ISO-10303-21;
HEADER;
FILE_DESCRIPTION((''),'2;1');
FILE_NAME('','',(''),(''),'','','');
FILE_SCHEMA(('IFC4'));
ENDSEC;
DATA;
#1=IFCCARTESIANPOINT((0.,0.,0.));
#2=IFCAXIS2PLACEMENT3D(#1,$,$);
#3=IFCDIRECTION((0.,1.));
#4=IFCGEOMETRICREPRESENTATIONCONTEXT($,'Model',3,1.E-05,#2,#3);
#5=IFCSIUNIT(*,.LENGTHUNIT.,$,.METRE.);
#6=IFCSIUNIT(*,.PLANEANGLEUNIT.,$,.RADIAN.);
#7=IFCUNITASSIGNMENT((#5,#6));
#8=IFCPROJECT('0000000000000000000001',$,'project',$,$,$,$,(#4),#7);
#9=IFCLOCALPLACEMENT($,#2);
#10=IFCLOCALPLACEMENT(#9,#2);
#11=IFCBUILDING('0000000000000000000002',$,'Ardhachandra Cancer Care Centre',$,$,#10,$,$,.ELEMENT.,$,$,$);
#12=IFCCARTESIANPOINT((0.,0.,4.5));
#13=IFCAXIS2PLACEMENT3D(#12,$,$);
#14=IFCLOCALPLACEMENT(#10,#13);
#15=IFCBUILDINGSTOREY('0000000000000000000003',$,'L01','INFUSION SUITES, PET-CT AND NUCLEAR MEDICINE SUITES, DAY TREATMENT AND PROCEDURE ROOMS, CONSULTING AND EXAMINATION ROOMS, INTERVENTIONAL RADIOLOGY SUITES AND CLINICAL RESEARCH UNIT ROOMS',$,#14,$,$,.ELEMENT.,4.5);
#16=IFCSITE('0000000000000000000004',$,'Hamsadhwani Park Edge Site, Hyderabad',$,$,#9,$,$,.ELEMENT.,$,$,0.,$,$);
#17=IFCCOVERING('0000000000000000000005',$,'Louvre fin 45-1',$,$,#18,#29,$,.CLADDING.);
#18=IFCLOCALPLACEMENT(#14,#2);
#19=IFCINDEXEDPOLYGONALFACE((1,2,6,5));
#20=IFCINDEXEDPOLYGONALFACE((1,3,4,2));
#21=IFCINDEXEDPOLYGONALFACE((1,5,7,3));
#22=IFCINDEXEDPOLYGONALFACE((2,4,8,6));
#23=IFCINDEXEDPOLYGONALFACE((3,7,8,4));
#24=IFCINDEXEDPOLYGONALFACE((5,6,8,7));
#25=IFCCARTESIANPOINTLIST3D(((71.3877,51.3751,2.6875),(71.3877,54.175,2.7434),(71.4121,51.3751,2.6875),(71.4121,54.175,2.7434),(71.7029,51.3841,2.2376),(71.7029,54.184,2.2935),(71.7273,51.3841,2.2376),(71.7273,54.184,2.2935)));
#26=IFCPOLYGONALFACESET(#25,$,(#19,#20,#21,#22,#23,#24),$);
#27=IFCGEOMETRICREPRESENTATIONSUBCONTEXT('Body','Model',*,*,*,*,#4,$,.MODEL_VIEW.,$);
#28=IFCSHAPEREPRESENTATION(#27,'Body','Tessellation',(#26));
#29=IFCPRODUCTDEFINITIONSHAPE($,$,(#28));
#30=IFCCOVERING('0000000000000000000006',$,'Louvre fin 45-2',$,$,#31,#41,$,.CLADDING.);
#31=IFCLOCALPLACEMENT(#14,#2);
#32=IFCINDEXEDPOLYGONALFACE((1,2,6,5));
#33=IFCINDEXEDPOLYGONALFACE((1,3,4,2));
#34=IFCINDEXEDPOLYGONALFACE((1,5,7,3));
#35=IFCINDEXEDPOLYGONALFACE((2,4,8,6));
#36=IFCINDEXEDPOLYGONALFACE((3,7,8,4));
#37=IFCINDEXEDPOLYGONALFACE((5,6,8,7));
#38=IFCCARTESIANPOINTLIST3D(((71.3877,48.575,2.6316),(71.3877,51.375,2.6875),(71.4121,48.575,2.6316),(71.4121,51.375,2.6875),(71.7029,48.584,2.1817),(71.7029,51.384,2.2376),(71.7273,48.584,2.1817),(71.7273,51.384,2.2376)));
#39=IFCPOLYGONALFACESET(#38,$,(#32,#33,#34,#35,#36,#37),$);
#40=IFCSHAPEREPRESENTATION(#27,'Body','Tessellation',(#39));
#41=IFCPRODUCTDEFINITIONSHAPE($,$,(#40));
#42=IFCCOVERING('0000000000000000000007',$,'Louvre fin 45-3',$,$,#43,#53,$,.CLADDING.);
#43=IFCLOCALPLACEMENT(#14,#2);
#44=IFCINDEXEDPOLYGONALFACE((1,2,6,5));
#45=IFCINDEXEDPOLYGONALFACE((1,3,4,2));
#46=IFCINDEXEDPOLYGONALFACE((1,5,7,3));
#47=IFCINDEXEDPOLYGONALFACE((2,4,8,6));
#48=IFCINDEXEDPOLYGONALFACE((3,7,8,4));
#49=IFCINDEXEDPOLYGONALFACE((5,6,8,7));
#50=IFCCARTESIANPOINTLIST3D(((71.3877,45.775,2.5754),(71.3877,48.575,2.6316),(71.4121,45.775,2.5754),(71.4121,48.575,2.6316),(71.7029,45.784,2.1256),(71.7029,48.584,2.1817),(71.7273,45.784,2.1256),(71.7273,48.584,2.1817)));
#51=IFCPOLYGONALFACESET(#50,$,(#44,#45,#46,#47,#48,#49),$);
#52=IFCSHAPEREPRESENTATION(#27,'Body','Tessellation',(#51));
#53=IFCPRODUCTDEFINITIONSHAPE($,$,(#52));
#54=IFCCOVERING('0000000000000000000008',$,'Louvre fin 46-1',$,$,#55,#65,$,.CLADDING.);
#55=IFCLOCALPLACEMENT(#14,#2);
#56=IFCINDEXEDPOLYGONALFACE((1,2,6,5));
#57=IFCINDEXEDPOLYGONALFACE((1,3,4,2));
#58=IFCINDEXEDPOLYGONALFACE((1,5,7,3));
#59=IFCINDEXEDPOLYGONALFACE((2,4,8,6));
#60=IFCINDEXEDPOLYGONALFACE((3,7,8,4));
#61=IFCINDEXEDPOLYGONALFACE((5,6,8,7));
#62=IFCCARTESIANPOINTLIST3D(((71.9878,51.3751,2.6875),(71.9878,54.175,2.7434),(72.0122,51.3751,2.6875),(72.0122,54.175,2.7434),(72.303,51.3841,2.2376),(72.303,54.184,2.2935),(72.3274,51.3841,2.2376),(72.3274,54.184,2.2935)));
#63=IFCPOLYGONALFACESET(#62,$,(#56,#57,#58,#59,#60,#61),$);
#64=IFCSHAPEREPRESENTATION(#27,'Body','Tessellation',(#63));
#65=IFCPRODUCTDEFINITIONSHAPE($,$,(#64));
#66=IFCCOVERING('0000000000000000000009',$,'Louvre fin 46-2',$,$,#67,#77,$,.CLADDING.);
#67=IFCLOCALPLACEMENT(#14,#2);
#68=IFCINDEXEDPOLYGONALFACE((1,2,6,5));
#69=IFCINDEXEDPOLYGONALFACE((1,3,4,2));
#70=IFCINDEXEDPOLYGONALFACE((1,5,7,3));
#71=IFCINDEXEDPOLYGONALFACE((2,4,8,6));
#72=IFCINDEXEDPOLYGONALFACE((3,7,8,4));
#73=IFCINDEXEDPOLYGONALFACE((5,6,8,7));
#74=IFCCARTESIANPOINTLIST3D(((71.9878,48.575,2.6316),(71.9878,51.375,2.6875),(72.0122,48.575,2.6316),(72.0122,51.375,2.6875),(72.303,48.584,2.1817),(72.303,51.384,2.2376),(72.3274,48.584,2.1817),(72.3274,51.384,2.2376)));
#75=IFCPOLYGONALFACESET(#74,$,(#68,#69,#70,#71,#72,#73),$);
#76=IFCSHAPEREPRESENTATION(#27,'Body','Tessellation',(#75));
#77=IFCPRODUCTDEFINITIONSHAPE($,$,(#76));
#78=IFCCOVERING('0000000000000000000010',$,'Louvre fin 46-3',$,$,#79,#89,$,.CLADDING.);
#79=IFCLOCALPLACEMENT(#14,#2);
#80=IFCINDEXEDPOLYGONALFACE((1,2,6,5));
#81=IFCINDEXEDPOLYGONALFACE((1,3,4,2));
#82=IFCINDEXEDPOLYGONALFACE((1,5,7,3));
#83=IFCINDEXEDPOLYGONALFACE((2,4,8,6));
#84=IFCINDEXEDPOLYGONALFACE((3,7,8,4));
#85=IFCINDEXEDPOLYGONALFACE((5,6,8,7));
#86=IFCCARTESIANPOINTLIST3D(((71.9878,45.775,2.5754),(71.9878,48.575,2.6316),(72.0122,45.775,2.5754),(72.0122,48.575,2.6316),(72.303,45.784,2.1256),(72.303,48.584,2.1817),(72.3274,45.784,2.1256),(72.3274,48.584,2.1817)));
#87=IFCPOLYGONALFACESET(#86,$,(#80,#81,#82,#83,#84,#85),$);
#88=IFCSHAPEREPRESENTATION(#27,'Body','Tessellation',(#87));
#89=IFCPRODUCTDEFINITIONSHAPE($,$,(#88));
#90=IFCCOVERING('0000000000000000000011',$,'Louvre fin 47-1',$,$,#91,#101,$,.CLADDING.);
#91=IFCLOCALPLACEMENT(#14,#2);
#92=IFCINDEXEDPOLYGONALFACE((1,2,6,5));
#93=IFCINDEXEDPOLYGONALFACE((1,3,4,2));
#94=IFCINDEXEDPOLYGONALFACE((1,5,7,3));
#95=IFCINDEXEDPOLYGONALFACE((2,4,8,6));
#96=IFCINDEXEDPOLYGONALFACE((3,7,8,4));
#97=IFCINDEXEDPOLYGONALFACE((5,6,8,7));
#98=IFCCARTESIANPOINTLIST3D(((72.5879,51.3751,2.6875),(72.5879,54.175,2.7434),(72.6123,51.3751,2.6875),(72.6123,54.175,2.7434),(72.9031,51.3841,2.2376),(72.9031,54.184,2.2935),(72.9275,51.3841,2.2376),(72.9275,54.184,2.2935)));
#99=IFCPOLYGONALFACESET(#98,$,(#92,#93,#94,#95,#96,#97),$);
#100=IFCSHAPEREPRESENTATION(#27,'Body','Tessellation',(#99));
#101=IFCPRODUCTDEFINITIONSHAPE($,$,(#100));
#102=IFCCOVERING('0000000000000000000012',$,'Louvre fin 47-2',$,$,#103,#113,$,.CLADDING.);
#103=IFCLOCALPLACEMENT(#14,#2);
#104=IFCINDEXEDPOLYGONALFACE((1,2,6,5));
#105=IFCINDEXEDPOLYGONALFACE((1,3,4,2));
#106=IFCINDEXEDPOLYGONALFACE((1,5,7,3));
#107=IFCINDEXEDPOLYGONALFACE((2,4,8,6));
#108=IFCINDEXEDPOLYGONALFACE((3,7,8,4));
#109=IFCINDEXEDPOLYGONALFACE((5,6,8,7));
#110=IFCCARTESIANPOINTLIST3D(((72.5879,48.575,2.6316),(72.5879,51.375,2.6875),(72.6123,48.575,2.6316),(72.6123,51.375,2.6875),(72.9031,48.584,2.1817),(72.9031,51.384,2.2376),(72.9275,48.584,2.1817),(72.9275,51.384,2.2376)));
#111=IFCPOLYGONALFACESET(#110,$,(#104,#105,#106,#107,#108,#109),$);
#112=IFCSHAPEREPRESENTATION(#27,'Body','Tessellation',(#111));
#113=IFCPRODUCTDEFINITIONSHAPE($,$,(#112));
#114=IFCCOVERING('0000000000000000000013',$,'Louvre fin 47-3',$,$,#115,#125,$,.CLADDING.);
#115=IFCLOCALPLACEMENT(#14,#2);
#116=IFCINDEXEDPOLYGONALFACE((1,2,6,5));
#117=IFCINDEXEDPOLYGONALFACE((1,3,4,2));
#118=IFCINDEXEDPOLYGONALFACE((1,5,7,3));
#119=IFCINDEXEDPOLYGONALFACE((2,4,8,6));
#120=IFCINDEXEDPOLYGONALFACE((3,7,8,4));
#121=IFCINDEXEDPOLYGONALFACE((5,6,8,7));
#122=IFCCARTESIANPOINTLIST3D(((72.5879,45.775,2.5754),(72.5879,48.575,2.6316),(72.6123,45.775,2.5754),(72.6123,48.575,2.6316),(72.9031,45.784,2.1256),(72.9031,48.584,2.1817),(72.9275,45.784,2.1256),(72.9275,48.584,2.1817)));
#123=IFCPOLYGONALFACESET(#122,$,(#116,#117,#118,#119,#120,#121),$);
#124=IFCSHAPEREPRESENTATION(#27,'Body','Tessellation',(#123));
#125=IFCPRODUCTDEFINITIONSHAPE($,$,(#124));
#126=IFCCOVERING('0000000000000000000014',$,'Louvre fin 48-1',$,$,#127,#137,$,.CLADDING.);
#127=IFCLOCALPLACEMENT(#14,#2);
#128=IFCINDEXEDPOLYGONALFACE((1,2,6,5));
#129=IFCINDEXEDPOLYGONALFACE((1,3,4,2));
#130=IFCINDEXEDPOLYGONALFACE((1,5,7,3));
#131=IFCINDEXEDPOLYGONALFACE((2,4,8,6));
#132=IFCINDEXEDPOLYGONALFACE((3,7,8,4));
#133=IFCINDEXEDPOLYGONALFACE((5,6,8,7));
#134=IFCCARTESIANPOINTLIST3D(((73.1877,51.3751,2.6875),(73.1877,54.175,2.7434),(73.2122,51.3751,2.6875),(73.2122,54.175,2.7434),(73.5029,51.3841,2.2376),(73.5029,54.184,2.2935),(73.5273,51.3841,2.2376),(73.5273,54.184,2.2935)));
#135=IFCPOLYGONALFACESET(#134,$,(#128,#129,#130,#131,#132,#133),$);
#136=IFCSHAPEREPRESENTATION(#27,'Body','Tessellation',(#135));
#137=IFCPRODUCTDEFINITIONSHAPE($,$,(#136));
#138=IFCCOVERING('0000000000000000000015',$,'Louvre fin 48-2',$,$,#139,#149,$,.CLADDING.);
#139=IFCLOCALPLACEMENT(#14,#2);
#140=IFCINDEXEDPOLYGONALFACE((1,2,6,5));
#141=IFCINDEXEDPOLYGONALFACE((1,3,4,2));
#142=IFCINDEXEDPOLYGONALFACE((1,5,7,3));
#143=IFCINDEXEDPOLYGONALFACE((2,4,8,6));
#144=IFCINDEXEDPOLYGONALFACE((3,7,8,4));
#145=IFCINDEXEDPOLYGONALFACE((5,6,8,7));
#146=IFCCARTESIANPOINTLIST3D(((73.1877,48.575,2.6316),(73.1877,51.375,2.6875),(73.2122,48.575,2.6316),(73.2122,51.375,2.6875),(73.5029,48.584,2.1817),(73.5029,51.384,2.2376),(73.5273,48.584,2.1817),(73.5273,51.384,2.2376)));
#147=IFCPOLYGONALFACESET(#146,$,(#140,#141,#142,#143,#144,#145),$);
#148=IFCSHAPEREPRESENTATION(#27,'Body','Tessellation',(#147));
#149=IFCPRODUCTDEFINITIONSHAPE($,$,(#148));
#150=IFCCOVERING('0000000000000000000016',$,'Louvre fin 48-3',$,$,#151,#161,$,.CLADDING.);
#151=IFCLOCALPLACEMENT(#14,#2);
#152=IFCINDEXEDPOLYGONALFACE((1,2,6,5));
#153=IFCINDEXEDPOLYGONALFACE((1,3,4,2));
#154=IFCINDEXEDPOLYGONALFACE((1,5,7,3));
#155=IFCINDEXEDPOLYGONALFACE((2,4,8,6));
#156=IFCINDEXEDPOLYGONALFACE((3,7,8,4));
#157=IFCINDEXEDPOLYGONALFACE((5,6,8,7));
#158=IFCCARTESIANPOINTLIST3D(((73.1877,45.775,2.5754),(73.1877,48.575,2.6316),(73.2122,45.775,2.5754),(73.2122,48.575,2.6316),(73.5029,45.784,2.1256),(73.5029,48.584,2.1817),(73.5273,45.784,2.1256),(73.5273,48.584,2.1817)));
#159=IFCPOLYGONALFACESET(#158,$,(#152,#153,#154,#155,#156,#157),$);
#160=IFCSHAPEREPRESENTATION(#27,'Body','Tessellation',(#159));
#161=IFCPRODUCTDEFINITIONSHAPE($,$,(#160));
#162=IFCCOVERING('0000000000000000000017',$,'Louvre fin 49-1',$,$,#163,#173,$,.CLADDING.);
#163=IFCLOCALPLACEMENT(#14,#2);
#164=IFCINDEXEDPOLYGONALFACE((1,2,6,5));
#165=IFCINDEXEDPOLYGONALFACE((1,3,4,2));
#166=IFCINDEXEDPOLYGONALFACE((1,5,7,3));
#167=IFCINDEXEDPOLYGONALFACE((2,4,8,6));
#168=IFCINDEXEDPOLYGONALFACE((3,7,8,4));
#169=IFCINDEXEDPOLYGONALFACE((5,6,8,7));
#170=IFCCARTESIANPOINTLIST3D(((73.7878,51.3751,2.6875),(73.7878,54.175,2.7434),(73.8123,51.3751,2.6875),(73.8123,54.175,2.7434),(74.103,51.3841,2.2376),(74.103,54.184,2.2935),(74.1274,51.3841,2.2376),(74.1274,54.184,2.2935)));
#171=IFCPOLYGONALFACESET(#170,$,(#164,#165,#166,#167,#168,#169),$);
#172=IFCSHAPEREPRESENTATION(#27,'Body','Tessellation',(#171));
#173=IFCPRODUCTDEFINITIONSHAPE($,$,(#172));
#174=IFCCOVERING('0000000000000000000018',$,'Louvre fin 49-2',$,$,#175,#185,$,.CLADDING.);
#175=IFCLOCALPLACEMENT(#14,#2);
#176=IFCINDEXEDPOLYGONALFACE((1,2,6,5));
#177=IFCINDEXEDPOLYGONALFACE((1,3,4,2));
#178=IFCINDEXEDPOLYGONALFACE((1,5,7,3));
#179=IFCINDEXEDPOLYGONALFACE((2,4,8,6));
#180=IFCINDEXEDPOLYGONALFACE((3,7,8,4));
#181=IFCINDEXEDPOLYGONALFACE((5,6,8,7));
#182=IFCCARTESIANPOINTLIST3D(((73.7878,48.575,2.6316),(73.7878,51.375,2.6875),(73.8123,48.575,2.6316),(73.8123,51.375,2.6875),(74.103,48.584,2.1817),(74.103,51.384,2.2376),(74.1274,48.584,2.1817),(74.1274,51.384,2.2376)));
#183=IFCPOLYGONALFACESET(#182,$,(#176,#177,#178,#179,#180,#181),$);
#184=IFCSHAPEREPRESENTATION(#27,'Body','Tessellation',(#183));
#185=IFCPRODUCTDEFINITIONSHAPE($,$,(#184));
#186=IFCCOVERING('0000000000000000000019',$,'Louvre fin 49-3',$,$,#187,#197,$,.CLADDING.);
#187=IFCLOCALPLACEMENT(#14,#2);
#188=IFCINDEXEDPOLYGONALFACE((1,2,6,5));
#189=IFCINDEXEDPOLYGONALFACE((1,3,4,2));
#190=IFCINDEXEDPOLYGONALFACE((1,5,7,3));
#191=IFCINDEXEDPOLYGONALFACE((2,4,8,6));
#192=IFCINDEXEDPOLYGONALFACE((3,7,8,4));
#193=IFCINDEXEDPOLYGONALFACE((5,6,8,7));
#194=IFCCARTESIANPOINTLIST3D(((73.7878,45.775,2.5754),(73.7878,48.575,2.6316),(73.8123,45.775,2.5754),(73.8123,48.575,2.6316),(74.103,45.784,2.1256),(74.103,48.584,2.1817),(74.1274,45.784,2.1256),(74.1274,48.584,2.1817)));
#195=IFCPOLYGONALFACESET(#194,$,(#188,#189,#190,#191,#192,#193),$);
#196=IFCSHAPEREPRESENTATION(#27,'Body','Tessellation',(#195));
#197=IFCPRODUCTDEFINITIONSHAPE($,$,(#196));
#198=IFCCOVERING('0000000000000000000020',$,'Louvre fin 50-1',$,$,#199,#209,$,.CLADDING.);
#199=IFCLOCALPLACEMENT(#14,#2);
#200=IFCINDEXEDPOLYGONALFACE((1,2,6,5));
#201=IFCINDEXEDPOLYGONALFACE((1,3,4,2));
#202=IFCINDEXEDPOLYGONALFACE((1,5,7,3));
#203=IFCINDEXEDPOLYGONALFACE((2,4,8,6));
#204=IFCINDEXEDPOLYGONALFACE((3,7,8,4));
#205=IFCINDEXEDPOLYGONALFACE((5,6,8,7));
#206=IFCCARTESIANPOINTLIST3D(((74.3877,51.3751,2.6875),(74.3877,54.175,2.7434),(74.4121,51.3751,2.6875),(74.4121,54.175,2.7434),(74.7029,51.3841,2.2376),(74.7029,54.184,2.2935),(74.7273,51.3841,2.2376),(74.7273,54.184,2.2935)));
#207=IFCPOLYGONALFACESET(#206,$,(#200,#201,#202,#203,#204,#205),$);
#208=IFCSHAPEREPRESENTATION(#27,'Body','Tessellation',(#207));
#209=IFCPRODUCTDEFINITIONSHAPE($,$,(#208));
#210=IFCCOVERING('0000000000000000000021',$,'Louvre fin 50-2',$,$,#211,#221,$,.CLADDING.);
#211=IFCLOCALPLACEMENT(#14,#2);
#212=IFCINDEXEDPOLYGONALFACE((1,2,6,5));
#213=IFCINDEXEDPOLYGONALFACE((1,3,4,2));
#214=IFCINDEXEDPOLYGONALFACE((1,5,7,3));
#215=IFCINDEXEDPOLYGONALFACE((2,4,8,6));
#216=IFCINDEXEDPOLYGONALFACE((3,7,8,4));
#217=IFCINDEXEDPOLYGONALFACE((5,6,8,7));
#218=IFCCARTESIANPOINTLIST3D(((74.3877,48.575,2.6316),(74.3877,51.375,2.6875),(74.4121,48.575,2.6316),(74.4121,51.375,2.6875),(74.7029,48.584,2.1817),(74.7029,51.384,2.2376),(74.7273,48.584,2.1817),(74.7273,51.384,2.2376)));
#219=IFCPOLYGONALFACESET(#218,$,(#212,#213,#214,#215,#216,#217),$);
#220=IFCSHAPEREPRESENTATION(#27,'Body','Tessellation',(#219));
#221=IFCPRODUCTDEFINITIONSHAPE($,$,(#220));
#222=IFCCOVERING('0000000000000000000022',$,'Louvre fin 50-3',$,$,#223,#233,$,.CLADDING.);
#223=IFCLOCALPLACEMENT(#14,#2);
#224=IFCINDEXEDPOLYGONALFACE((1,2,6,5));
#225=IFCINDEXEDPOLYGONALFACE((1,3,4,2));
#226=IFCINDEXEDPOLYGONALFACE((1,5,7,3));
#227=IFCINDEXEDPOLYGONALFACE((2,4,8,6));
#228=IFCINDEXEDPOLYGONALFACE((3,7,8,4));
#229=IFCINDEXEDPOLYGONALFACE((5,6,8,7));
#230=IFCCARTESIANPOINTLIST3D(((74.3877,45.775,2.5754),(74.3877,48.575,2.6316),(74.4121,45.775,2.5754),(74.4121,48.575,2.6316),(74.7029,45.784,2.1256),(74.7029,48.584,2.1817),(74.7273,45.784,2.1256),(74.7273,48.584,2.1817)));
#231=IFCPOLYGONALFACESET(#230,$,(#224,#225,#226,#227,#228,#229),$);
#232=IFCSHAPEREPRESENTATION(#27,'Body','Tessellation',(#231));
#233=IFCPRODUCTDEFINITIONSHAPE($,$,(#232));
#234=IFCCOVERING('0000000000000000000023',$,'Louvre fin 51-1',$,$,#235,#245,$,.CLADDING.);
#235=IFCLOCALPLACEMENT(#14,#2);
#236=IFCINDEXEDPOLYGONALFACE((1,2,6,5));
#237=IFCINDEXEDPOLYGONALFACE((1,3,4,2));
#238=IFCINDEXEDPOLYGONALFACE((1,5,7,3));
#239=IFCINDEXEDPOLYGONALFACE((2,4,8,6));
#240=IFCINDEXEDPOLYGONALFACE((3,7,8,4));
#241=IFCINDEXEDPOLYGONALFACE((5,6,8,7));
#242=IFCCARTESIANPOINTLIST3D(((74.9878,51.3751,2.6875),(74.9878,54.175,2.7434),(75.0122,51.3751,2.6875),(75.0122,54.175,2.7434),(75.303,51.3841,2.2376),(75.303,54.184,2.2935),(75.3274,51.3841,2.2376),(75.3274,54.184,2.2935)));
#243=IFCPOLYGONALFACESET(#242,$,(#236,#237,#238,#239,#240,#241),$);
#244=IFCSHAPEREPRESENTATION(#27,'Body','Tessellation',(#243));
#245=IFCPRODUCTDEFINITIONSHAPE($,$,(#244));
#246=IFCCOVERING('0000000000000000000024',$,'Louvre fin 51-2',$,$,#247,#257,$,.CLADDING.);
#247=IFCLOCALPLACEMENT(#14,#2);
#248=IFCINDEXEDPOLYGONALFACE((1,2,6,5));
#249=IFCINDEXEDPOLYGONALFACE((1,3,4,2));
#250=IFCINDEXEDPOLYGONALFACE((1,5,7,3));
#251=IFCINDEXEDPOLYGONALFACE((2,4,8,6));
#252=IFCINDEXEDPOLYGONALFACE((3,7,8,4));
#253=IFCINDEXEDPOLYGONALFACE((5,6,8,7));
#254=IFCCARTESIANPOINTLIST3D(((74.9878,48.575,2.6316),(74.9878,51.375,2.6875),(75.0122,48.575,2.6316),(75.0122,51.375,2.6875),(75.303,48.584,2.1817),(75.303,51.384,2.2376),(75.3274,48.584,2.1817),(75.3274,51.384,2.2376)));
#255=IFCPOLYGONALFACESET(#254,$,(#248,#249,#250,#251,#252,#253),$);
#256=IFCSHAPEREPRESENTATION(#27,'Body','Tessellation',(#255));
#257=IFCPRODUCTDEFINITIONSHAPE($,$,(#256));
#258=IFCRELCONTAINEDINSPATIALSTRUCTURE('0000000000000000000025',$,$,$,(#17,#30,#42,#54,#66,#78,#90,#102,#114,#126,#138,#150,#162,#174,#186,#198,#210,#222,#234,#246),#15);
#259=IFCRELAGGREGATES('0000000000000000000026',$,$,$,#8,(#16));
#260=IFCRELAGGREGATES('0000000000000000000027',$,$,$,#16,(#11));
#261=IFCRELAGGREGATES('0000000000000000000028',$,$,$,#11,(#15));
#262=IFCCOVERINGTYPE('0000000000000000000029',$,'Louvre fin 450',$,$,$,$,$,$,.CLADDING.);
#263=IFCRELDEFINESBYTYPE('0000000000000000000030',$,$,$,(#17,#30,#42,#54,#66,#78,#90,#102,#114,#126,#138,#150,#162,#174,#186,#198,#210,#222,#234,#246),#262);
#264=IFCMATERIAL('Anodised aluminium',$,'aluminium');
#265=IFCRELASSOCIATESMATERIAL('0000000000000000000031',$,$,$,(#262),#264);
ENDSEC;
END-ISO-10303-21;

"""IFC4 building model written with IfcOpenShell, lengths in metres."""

from ifc_helpers import new_model, si_unit, direction, frame, origin, place, context, subcontext, project, spatial, polyline, outline, extrude, material, material_profile, profile_set, type_object, element, save


model = new_model("IFC4")

# Units and contexts
model_context = context("Model", 3, precision=1e-05, world=origin(), true_north=direction((0.0, 1.0)))
body_context = subcontext(model_context, "Body", "Model", "MODEL_VIEW")
ifc_project = project(units=[si_unit("LENGTHUNIT", "METRE"), si_unit("PLANEANGLEUNIT", "RADIAN")], contexts=[model_context])

# Site, building, storey
site_placement = place(None, origin())
site = spatial("IfcSite", under=ifc_project, at=site_placement, Name="Hamsadhwani Park Edge Site, Hyderabad", CompositionType="ELEMENT", RefElevation=0.0)
building_placement = place(site_placement, origin())
building = spatial("IfcBuilding", under=site, at=building_placement, Name="Ardhachandra Cancer Care Centre", CompositionType="ELEMENT")
storey_placement = place(building_placement, frame((0.0, 0.0, 4.5)))
storey = spatial("IfcBuildingStorey", under=building, at=storey_placement, Name="L01", Description="INFUSION SUITES, PET-CT AND NUCLEAR MEDICINE SUITES, DAY TREATMENT AND PROCEDURE ROOMS, CONSULTING AND EXAMINATION ROOMS, INTERVENTIONAL RADIOLOGY SUITES AND CLINICAL RESEARCH UNIT ROOMS", CompositionType="ELEMENT", Elevation=4.5)

# Coverings
ifc_material_1 = material(Name="Anodised aluminium", Category="aluminium")
ifc_material_profile_1 = material_profile(ifc_material_1, outline(polyline([(-0.0122, 0.0), (0.0122, 0.0), (0.3274, -0.45), (0.303, -0.45), (-0.0122, 0.0)])), Name="Louvre fin 450")
ifc_profile_set_1 = profile_set([ifc_material_profile_1], Name="Anodised aluminium")
covering_type = type_object("IfcCoveringType", Name="Louvre fin 450", PredefinedType="CLADDING", material=ifc_profile_set_1)
for number, where, z_axis, x_axis, name in (
    (1, (71.3999, 54.175, 2.7434), (0.0, -0.999801, -0.019963), (1.0, 0.0, 0.0), "Louvre fin 45-1"),
    (2, (71.3999, 51.375, 2.6875), (0.0, -0.999801, -0.019963), (1.0, 0.0, 0.0), "Louvre fin 45-2"),
    (3, (71.3999, 48.575, 2.6316), (0.0, -0.999799, -0.02005), (1.0, 0.0, 0.0), "Louvre fin 45-3"),
    (4, (72.0, 54.175, 2.7434), (0.0, -0.999801, -0.019963), (1.0, 0.0, 0.0), "Louvre fin 46-1"),
    (5, (72.0, 51.375, 2.6875), (0.0, -0.999801, -0.019963), (1.0, 0.0, 0.0), "Louvre fin 46-2"),
    (6, (72.0, 48.575, 2.6316), (0.0, -0.999799, -0.02005), (1.0, 0.0, 0.0), "Louvre fin 46-3"),
    (7, (72.6001, 54.175, 2.7434), (0.0, -0.999801, -0.019963), (1.0, 0.0, 0.0), "Louvre fin 47-1"),
    (8, (72.6001, 51.375, 2.6875), (0.0, -0.999801, -0.019963), (1.0, 0.0, 0.0), "Louvre fin 47-2"),
    (9, (72.6001, 48.575, 2.6316), (0.0, -0.999799, -0.02005), (1.0, 0.0, 0.0), "Louvre fin 47-3"),
    (10, (73.2, 54.175, 2.7434), (0.0, -0.999801, -0.019963), (1.0, 0.0, 0.0), "Louvre fin 48-1"),
    (11, (73.2, 51.375, 2.6875), (0.0, -0.999801, -0.019963), (1.0, 0.0, 0.0), "Louvre fin 48-2"),
    (12, (73.2, 48.575, 2.6316), (0.0, -0.999799, -0.02005), (1.0, 0.0, 0.0), "Louvre fin 48-3"),
    (13, (73.8, 54.175, 2.7434), (0.0, -0.999801, -0.019963), (1.0, 0.0, 0.0), "Louvre fin 49-1"),
    (14, (73.8, 51.375, 2.6875), (0.0, -0.999801, -0.019963), (1.0, 0.0, 0.0), "Louvre fin 49-2"),
    (15, (73.8, 48.575, 2.6316), (0.0, -0.999799, -0.02005), (1.0, 0.0, 0.0), "Louvre fin 49-3"),
    (16, (74.3999, 54.175, 2.7434), (0.0, -0.999801, -0.019963), (1.0, 0.0, 0.0), "Louvre fin 50-1"),
    (17, (74.3999, 51.375, 2.6875), (0.0, -0.999801, -0.019963), (1.0, 0.0, 0.0), "Louvre fin 50-2"),
    (18, (74.3999, 48.575, 2.6316), (0.0, -0.999799, -0.02005), (1.0, 0.0, 0.0), "Louvre fin 50-3"),
    (19, (75.0, 54.175, 2.7434), (0.0, -0.999801, -0.019963), (1.0, 0.0, 0.0), "Louvre fin 51-1"),
    (20, (75.0, 51.375, 2.6875), (0.0, -0.999801, -0.019963), (1.0, 0.0, 0.0), "Louvre fin 51-2"),
):
    element("IfcCovering", number, at=place(storey_placement, frame(where, z_axis=z_axis, x_axis=x_axis)), inside=storey, type_object=covering_type, Name=name, PredefinedType="CLADDING", context=body_context, shape_type="SweptSolid", body=[
        extrude(outline(polyline([(-0.0122, 0.0), (0.0122, 0.0), (0.3274, -0.45), (0.303, -0.45), (-0.0122, 0.0)])), origin(), (0.0, 0.0, 1.0), 2.8005),
    ])

save(model, "model.ifc")
